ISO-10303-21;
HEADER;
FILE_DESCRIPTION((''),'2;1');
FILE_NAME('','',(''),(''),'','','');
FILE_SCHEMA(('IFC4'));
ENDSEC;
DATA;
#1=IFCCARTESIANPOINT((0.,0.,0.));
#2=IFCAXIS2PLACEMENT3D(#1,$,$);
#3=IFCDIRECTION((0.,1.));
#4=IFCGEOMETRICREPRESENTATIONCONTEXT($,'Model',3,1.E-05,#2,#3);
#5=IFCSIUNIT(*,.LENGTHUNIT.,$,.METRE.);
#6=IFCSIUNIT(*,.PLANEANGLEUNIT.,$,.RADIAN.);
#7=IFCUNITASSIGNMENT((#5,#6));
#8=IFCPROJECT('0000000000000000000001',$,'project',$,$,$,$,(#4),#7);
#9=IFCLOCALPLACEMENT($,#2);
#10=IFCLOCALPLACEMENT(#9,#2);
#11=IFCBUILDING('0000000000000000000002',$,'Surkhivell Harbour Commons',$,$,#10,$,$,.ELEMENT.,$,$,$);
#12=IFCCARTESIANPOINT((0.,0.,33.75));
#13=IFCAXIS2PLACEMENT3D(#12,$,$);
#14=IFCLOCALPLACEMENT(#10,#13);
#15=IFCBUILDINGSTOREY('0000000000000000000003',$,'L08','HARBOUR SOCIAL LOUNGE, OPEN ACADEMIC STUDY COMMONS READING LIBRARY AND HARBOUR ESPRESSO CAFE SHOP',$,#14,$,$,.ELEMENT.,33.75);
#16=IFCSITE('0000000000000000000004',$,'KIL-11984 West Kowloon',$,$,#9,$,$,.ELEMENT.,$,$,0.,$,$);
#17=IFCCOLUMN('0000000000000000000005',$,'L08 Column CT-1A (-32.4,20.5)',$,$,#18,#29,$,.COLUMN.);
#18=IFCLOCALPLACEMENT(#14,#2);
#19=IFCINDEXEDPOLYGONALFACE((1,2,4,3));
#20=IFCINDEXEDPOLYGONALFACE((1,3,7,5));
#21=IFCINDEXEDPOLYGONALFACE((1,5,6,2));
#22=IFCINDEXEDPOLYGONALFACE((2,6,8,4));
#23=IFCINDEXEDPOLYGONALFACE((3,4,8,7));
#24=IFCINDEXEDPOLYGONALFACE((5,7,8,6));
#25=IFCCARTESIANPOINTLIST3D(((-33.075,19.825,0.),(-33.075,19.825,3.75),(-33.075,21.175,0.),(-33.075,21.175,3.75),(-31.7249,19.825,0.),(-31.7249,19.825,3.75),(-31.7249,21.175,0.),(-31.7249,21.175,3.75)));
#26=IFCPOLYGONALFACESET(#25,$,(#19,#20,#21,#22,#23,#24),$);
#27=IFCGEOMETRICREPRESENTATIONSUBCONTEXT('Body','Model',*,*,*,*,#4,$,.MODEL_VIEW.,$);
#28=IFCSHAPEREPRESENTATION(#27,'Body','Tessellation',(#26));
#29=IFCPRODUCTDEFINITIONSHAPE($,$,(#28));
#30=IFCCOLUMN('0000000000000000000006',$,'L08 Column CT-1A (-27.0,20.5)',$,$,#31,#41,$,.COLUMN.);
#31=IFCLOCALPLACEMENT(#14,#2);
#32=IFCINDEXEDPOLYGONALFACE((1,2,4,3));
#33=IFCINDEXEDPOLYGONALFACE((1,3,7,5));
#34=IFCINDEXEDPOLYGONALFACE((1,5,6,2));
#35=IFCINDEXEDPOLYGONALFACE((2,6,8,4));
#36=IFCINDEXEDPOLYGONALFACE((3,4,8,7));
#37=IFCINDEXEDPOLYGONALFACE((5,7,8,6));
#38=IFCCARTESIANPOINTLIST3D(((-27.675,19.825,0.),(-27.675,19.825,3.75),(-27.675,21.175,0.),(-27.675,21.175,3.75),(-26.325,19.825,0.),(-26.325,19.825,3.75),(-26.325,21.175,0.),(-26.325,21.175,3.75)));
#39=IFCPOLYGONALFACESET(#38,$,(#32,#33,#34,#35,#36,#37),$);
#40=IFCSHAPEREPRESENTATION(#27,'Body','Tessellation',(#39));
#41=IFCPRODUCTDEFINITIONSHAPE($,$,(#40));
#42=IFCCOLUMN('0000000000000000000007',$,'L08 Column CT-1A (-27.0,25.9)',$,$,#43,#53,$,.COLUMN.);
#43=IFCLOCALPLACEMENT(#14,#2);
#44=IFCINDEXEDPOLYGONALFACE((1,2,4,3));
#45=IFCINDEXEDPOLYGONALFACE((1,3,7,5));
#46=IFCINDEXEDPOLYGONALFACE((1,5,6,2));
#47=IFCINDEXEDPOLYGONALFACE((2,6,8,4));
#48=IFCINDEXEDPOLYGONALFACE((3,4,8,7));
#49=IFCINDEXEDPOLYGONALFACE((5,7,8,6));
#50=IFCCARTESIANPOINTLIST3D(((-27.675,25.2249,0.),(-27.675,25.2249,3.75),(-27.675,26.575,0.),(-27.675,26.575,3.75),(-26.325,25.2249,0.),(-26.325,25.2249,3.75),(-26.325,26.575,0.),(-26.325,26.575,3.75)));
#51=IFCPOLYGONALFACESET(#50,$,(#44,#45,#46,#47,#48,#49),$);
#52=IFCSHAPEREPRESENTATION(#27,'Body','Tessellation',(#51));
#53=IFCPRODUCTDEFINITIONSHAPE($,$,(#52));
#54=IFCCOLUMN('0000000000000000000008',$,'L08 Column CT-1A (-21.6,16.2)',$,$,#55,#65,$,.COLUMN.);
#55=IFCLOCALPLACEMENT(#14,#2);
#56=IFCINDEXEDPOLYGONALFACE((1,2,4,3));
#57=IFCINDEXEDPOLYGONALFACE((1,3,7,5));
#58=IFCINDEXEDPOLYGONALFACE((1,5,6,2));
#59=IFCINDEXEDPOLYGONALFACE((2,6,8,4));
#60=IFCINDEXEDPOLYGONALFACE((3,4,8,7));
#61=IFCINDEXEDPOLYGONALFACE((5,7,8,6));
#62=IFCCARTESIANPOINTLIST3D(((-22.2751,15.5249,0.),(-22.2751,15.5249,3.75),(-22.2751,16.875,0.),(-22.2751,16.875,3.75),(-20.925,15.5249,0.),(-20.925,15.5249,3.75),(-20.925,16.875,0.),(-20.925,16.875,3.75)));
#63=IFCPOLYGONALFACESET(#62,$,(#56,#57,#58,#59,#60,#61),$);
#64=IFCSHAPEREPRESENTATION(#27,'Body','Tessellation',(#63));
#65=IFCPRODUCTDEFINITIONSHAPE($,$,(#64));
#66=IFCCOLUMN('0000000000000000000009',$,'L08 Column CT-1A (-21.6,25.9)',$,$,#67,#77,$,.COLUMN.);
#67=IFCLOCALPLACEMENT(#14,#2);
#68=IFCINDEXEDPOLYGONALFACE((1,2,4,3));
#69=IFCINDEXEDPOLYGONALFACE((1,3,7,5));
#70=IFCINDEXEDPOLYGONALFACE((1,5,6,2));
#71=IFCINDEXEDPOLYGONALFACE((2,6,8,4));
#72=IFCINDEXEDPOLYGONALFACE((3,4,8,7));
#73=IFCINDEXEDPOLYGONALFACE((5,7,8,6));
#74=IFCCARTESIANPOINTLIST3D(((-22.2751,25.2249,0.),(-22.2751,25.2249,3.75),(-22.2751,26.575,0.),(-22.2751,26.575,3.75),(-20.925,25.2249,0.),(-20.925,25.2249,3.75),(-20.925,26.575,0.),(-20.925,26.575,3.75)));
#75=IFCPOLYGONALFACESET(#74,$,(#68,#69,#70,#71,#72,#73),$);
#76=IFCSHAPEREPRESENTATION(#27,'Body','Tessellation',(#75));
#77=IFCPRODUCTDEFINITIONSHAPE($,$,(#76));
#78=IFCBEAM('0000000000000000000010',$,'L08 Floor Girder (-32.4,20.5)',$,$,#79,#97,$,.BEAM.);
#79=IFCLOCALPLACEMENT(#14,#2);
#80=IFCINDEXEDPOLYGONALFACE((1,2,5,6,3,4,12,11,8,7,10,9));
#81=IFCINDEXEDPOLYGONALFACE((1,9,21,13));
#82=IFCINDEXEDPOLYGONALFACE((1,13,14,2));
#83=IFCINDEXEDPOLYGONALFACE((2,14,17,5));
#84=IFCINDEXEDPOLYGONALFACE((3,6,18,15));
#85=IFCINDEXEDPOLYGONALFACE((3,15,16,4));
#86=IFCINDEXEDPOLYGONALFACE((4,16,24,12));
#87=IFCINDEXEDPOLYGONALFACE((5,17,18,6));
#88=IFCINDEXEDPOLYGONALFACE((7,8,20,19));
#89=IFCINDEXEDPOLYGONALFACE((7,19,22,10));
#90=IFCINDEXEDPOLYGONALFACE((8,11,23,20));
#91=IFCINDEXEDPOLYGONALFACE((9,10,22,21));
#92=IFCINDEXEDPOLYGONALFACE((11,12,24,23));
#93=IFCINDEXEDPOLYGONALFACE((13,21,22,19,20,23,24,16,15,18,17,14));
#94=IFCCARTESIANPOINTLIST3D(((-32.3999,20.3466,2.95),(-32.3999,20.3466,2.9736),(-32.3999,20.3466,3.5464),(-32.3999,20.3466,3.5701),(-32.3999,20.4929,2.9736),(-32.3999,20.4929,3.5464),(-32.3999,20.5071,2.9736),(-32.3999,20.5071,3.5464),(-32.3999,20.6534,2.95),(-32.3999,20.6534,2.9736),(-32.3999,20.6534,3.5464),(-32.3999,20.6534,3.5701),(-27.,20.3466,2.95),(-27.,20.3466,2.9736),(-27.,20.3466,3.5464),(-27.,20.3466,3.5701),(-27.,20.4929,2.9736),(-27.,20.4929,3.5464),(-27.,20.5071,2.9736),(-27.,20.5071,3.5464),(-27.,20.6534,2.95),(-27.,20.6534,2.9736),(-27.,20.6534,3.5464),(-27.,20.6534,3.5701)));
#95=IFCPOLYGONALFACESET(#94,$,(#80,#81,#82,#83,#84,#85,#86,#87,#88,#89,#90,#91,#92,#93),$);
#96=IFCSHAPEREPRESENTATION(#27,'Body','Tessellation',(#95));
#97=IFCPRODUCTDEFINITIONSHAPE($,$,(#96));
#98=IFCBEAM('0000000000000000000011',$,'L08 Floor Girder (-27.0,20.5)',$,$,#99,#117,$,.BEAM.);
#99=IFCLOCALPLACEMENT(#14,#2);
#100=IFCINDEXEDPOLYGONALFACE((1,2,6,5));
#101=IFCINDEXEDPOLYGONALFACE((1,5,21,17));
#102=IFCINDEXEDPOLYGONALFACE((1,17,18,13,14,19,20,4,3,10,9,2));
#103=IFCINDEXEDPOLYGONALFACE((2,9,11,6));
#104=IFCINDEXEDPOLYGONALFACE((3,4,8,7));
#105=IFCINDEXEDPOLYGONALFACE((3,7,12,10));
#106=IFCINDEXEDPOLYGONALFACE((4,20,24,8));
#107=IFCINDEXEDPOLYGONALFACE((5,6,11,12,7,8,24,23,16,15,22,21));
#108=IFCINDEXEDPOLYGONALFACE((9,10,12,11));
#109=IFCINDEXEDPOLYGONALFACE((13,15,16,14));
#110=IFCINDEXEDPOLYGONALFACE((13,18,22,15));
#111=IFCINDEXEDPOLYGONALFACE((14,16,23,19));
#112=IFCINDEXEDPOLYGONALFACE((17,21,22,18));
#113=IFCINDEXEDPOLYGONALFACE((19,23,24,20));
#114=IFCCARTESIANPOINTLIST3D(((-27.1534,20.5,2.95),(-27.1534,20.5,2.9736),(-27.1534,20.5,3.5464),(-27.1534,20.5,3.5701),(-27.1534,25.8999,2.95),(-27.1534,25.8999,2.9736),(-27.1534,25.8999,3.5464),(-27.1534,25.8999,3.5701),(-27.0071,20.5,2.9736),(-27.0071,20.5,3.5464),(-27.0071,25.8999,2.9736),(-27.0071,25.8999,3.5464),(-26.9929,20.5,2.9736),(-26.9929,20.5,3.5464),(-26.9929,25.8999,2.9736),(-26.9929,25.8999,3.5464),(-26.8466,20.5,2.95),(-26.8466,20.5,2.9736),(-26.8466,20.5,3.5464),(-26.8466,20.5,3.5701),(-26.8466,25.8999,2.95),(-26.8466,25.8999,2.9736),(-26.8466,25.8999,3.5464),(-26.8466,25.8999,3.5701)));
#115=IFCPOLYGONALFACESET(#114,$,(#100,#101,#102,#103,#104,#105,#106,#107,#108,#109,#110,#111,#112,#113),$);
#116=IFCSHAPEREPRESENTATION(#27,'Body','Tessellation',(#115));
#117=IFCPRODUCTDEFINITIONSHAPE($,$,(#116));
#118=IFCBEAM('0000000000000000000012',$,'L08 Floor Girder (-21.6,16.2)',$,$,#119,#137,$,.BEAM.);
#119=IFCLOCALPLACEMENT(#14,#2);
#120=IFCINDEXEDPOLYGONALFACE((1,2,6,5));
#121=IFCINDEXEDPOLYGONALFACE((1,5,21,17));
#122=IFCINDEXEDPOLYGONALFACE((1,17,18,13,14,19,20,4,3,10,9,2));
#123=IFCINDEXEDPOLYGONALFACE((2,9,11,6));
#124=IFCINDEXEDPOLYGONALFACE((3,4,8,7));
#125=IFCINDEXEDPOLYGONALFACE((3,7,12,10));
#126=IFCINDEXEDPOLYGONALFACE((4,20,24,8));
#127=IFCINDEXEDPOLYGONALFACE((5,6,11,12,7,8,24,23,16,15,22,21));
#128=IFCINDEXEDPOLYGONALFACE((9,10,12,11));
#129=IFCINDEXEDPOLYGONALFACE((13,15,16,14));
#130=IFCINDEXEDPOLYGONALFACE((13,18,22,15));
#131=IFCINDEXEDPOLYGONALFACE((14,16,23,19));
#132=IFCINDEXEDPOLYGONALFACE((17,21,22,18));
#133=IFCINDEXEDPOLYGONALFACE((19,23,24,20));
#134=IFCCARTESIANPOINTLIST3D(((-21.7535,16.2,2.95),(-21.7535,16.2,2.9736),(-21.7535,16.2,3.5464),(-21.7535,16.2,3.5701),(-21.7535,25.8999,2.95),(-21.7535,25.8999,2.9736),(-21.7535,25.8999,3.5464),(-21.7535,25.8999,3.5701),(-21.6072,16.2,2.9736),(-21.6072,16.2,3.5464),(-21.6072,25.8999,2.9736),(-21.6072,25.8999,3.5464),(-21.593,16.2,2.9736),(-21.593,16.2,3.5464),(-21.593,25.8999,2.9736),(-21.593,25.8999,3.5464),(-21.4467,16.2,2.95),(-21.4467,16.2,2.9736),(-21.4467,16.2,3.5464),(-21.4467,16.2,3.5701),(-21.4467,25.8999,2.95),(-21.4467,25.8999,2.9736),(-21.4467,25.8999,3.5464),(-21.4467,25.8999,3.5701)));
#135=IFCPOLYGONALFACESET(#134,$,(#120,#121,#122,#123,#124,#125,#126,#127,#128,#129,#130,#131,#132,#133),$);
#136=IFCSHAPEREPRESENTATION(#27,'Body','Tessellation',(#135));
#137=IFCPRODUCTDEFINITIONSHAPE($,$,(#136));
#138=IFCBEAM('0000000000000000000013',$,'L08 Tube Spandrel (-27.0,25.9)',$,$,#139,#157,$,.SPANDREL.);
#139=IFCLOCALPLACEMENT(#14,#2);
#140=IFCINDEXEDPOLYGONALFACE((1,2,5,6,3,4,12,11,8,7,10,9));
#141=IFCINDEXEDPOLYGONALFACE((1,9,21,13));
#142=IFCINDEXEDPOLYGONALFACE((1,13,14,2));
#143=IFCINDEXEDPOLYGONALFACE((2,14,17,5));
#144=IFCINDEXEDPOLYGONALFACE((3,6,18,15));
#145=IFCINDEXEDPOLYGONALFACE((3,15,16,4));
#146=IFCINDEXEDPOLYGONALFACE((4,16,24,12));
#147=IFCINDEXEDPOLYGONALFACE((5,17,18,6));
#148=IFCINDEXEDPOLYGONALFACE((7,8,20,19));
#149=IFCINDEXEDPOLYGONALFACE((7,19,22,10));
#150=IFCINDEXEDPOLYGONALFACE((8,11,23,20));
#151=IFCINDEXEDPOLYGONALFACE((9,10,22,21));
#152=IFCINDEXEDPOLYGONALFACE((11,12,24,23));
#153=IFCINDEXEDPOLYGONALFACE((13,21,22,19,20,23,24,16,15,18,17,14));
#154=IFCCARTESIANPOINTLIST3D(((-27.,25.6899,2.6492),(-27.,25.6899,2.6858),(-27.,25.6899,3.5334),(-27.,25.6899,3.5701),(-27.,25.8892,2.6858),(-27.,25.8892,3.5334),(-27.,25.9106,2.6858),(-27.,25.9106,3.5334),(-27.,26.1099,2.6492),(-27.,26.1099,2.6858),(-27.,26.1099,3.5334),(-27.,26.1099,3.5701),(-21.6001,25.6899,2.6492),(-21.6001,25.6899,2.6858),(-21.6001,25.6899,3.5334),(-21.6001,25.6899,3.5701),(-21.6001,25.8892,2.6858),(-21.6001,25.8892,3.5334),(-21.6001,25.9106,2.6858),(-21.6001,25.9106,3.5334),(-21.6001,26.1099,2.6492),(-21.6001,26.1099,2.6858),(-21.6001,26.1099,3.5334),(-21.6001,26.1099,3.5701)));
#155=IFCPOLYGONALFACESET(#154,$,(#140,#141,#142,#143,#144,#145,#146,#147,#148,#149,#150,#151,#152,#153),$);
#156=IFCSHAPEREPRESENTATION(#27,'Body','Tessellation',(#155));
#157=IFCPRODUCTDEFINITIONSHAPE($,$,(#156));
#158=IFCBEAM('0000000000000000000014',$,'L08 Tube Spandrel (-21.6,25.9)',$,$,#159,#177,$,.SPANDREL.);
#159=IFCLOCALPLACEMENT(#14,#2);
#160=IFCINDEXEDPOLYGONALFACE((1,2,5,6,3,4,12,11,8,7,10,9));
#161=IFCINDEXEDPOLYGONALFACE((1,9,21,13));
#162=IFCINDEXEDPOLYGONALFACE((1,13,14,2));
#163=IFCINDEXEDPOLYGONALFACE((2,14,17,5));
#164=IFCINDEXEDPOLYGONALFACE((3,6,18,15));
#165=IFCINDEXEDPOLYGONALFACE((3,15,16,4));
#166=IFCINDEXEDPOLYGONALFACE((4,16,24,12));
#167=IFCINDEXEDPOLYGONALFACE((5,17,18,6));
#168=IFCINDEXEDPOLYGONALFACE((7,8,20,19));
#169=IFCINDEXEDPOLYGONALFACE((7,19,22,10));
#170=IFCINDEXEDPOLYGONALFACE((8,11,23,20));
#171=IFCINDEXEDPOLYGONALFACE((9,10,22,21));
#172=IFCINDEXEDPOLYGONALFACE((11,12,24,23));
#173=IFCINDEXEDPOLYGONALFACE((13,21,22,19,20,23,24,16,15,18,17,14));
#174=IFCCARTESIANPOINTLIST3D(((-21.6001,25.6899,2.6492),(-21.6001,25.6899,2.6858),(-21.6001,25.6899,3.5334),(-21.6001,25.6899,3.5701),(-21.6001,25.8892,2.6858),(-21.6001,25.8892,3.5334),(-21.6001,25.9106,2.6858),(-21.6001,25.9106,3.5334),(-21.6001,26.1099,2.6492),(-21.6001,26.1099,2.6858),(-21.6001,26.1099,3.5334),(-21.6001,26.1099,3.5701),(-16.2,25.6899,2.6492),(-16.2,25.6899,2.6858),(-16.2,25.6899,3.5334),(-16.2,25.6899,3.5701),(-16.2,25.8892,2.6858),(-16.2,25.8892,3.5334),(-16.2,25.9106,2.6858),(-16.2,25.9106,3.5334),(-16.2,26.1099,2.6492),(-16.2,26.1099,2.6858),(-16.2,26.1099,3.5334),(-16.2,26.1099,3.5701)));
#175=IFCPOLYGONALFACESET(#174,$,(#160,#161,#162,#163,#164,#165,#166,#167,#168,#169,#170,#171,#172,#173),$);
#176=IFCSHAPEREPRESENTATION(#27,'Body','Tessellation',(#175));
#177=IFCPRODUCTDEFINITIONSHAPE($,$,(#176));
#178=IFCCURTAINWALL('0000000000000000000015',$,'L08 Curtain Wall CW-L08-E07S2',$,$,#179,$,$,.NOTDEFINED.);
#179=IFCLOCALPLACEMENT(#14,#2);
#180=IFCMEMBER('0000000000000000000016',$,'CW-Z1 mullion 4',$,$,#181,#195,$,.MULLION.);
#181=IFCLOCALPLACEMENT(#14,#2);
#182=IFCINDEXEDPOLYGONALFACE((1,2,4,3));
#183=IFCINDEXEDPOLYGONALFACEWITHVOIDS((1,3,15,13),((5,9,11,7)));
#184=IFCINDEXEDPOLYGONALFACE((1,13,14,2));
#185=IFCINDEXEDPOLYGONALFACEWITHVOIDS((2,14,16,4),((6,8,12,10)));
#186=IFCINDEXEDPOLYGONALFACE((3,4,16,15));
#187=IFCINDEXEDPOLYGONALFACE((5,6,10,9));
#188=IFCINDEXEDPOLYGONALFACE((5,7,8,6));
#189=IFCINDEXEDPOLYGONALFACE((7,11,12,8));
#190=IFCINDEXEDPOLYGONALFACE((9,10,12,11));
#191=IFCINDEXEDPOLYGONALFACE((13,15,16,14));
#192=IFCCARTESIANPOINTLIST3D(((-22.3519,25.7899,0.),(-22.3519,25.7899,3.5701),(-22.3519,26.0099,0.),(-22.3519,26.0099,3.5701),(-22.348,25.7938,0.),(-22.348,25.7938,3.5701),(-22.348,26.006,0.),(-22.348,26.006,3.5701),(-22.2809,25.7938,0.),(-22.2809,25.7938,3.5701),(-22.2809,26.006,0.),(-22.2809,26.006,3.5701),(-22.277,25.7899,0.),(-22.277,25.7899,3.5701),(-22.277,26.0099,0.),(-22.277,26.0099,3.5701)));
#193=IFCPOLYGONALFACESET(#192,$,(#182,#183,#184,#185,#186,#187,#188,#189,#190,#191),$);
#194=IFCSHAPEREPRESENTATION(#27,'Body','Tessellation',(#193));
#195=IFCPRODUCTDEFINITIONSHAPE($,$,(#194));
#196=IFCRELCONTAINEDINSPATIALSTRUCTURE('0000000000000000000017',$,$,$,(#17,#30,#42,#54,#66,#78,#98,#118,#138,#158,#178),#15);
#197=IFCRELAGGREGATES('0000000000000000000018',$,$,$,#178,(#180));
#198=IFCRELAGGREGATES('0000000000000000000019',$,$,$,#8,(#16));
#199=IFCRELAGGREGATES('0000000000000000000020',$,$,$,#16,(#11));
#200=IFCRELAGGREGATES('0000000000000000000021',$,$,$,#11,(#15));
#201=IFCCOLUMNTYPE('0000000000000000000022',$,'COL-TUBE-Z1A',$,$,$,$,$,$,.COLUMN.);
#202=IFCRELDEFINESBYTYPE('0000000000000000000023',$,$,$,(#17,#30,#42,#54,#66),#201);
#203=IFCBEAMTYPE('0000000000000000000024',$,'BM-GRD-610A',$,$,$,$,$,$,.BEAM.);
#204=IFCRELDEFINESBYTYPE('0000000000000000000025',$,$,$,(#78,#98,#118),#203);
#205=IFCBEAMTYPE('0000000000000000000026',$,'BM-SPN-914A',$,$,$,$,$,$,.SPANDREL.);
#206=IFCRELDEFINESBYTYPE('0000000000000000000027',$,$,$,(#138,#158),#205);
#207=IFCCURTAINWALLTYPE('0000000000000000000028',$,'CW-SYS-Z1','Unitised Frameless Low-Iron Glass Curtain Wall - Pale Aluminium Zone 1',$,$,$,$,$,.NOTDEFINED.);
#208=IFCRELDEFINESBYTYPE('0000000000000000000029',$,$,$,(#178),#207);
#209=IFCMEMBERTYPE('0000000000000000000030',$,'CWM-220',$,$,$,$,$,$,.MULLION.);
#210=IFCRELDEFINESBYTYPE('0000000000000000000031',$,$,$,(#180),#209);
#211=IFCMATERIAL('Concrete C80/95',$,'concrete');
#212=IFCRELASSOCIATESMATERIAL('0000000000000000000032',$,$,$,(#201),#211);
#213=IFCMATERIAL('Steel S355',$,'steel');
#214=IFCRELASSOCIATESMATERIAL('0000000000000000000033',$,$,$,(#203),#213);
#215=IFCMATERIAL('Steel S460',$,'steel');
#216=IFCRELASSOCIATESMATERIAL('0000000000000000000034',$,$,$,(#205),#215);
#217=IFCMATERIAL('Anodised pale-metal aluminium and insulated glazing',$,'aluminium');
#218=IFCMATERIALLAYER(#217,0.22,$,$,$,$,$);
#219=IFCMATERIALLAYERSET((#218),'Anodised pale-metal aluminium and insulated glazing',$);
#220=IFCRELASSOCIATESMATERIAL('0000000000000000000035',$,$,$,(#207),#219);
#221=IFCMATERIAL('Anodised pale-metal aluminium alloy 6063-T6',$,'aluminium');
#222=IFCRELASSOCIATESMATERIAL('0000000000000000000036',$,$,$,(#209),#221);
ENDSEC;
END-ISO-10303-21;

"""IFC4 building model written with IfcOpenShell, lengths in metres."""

from ifc_helpers import new_model, si_unit, direction, frame, origin, origin_2d, place, context, subcontext, project, spatial, rectangle, hollow_rectangle, i_section, extrude, material, layer, layer_set, material_profile, profile_set, type_object, element, aggregate, save


model = new_model("IFC4")

# Units and contexts
model_context = context("Model", 3, precision=1e-05, world=origin(), true_north=direction((0.0, 1.0)))
body_context = subcontext(model_context, "Body", "Model", "MODEL_VIEW")
ifc_project = project(units=[si_unit("LENGTHUNIT", "METRE"), si_unit("PLANEANGLEUNIT", "RADIAN")], contexts=[model_context])

# Site, building, storey
site_placement = place(None, origin())
site = spatial("IfcSite", under=ifc_project, at=site_placement, Name="KIL-11984 West Kowloon", CompositionType="ELEMENT", RefElevation=0.0)
building_placement = place(site_placement, origin())
building = spatial("IfcBuilding", under=site, at=building_placement, Name="Surkhivell Harbour Commons", CompositionType="ELEMENT")
storey_placement = place(building_placement, frame((0.0, 0.0, 33.75)))
storey = spatial("IfcBuildingStorey", under=building, at=storey_placement, Name="L08", Description="HARBOUR SOCIAL LOUNGE, OPEN ACADEMIC STUDY COMMONS READING LIBRARY AND HARBOUR ESPRESSO CAFE SHOP", CompositionType="ELEMENT", Elevation=33.75)

# Columns
ifc_material_1 = material(Name="Concrete C80/95", Category="concrete")
ifc_material_profile_1 = material_profile(ifc_material_1, rectangle(XDim=1.3501, YDim=1.3501, at=origin_2d()), Name="RC-COL-1350x1350")
ifc_profile_set_1 = profile_set([ifc_material_profile_1], Name="Concrete C80/95")
column_type = type_object("IfcColumnType", Name="COL-TUBE-Z1A", PredefinedType="COLUMN", material=ifc_profile_set_1)
for number, where, z_axis, x_axis, name in (
    (1, (-32.3999, 20.5, 0.0), (0.0, 0.0, 1.0), (1.0, 0.0, 0.0), "L08 Column CT-1A (-32.4,20.5)"),
    (2, (-27.0, 20.5, 0.0), (0.0, 0.0, 1.0), (1.0, 0.0, 0.0), "L08 Column CT-1A (-27.0,20.5)"),
    (3, (-27.0, 25.8999, 0.0), (0.0, 0.0, 1.0), (1.0, 0.0, 0.0), "L08 Column CT-1A (-27.0,25.9)"),
    (4, (-21.6001, 16.2, 0.0), (0.0, 0.0, 1.0), (1.0, 0.0, 0.0), "L08 Column CT-1A (-21.6,16.2)"),
    (5, (-21.6001, 25.8999, 0.0), (0.0, 0.0, 1.0), (1.0, 0.0, 0.0), "L08 Column CT-1A (-21.6,25.9)"),
):
    element("IfcColumn", number, at=place(storey_placement, frame(where, z_axis=z_axis, x_axis=x_axis)), inside=storey, type_object=column_type, Name=name, PredefinedType="COLUMN", context=body_context, shape_type="SweptSolid", body=[
        extrude(rectangle(XDim=1.3501, YDim=1.3501, at=origin_2d()), origin(), (0.0, 0.0, 1.0), 3.75),
    ])

# Beams
ifc_material_2 = material(Name="Steel S355", Category="steel")
ifc_material_profile_2 = material_profile(ifc_material_2, i_section(OverallWidth=0.3069, OverallDepth=0.6201, WebThickness=0.0142, FlangeThickness=0.0237, at=origin_2d()), Name="UB610x305x179")
ifc_profile_set_2 = profile_set([ifc_material_profile_2], Name="Steel S355")
beam_type_1 = type_object("IfcBeamType", Name="BM-GRD-610A", PredefinedType="BEAM", material=ifc_profile_set_2)
for number, where, z_axis, x_axis, name in (
    (6, (-32.3999, 20.5, 3.26), (1.0, 0.0, 0.0), (0.0, 1.0, 0.0), "L08 Floor Girder (-32.4,20.5)"),
    (7, (-27.0, 20.5, 3.26), (0.0, 1.0, 0.0), (-1.0, 0.0, 0.0), "L08 Floor Girder (-27.0,20.5)"),
):
    element("IfcBeam", number, at=place(storey_placement, frame(where, z_axis=z_axis, x_axis=x_axis)), inside=storey, type_object=beam_type_1, Name=name, PredefinedType="BEAM", context=body_context, shape_type="SweptSolid", body=[
        extrude(i_section(OverallWidth=0.3069, OverallDepth=0.6201, WebThickness=0.0142, FlangeThickness=0.0237, at=origin_2d()), origin(), (0.0, 0.0, 1.0), 5.3999),
    ])
beam_1_placement = place(storey_placement, frame((-21.6001, 16.2, 3.26), z_axis=(0.0, 1.0, 0.0), x_axis=(-1.0, 0.0, 0.0)))
element("IfcBeam", 8, at=beam_1_placement, inside=storey, type_object=beam_type_1, Name="L08 Floor Girder (-21.6,16.2)", PredefinedType="BEAM", context=body_context, shape_type="SweptSolid", body=[
    extrude(i_section(OverallWidth=0.3069, OverallDepth=0.6201, WebThickness=0.0142, FlangeThickness=0.0237, at=origin_2d()), origin(), (0.0, 0.0, 1.0), 9.7),
])
ifc_material_3 = material(Name="Steel S460", Category="steel")
ifc_material_profile_3 = material_profile(ifc_material_3, i_section(OverallWidth=0.4199, OverallDepth=0.9209, WebThickness=0.0215, FlangeThickness=0.0366, at=origin_2d()), Name="UB914x419x388")
ifc_profile_set_3 = profile_set([ifc_material_profile_3], Name="Steel S460")
beam_type_2 = type_object("IfcBeamType", Name="BM-SPN-914A", PredefinedType="SPANDREL", material=ifc_profile_set_3)
beam_2_placement = place(storey_placement, frame((-27.0, 25.8999, 3.1096), z_axis=(1.0, 0.0, 0.0), x_axis=(0.0, 1.0, 0.0)))
element("IfcBeam", 9, at=beam_2_placement, inside=storey, type_object=beam_type_2, Name="L08 Tube Spandrel (-27.0,25.9)", PredefinedType="SPANDREL", context=body_context, shape_type="SweptSolid", body=[
    extrude(i_section(OverallWidth=0.4199, OverallDepth=0.9209, WebThickness=0.0215, FlangeThickness=0.0366, at=origin_2d()), origin(), (0.0, 0.0, 1.0), 5.3999),
])
beam_3_placement = place(storey_placement, frame((-21.6001, 25.8999, 3.1096), z_axis=(1.0, 0.0, 0.0), x_axis=(0.0, 1.0, 0.0)))
element("IfcBeam", 10, at=beam_3_placement, inside=storey, type_object=beam_type_2, Name="L08 Tube Spandrel (-21.6,25.9)", PredefinedType="SPANDREL", context=body_context, shape_type="SweptSolid", body=[
    extrude(i_section(OverallWidth=0.4199, OverallDepth=0.9209, WebThickness=0.0215, FlangeThickness=0.0366, at=origin_2d()), origin(), (0.0, 0.0, 1.0), 5.4001),
])

# Curtain wall, member
ifc_material_4 = material(Name="Anodised pale-metal aluminium and insulated glazing", Category="aluminium")
ifc_layer_1 = layer(ifc_material_4, 0.22)
ifc_layer_set_1 = layer_set([ifc_layer_1], Name="Anodised pale-metal aluminium and insulated glazing")
curtain_wall_type = type_object("IfcCurtainWallType", Name="CW-SYS-Z1", Description="Unitised Frameless Low-Iron Glass Curtain Wall - Pale Aluminium Zone 1", PredefinedType="NOTDEFINED", material=ifc_layer_set_1)
curtain_wall_1_placement = place(storey_placement, origin())
curtain_wall_1 = element("IfcCurtainWall", 11, at=curtain_wall_1_placement, inside=storey, type_object=curtain_wall_type, Name="L08 Curtain Wall CW-L08-E07S2", PredefinedType="NOTDEFINED")
ifc_material_5 = material(Name="Anodised pale-metal aluminium alloy 6063-T6", Category="aluminium")
ifc_material_profile_4 = material_profile(ifc_material_5, hollow_rectangle(XDim=0.075, YDim=0.22, WallThickness=0.0039, at=origin_2d()), Name="ALU-MULL-75x220")
ifc_profile_set_4 = profile_set([ifc_material_profile_4], Name="Anodised pale-metal aluminium alloy 6063-T6")
member_type_1 = type_object("IfcMemberType", Name="CWM-220", PredefinedType="MULLION", material=ifc_profile_set_4)
member_1_placement = place(storey_placement, frame((-22.3145, 25.8999, 0.0), z_axis=(0.0, 0.0, 1.0), x_axis=(-1.0, 0.0, 0.0)))
member_1 = element("IfcMember", 12, at=member_1_placement, type_object=member_type_1, Name="CW-Z1 mullion 4", PredefinedType="MULLION", context=body_context, shape_type="SweptSolid", body=[
    extrude(hollow_rectangle(XDim=0.075, YDim=0.22, WallThickness=0.0039, at=origin_2d()), origin(), (0.0, 0.0, 1.0), 3.5701),
])

aggregate(curtain_wall_1, [member_1])

save(model, "model.ifc")
